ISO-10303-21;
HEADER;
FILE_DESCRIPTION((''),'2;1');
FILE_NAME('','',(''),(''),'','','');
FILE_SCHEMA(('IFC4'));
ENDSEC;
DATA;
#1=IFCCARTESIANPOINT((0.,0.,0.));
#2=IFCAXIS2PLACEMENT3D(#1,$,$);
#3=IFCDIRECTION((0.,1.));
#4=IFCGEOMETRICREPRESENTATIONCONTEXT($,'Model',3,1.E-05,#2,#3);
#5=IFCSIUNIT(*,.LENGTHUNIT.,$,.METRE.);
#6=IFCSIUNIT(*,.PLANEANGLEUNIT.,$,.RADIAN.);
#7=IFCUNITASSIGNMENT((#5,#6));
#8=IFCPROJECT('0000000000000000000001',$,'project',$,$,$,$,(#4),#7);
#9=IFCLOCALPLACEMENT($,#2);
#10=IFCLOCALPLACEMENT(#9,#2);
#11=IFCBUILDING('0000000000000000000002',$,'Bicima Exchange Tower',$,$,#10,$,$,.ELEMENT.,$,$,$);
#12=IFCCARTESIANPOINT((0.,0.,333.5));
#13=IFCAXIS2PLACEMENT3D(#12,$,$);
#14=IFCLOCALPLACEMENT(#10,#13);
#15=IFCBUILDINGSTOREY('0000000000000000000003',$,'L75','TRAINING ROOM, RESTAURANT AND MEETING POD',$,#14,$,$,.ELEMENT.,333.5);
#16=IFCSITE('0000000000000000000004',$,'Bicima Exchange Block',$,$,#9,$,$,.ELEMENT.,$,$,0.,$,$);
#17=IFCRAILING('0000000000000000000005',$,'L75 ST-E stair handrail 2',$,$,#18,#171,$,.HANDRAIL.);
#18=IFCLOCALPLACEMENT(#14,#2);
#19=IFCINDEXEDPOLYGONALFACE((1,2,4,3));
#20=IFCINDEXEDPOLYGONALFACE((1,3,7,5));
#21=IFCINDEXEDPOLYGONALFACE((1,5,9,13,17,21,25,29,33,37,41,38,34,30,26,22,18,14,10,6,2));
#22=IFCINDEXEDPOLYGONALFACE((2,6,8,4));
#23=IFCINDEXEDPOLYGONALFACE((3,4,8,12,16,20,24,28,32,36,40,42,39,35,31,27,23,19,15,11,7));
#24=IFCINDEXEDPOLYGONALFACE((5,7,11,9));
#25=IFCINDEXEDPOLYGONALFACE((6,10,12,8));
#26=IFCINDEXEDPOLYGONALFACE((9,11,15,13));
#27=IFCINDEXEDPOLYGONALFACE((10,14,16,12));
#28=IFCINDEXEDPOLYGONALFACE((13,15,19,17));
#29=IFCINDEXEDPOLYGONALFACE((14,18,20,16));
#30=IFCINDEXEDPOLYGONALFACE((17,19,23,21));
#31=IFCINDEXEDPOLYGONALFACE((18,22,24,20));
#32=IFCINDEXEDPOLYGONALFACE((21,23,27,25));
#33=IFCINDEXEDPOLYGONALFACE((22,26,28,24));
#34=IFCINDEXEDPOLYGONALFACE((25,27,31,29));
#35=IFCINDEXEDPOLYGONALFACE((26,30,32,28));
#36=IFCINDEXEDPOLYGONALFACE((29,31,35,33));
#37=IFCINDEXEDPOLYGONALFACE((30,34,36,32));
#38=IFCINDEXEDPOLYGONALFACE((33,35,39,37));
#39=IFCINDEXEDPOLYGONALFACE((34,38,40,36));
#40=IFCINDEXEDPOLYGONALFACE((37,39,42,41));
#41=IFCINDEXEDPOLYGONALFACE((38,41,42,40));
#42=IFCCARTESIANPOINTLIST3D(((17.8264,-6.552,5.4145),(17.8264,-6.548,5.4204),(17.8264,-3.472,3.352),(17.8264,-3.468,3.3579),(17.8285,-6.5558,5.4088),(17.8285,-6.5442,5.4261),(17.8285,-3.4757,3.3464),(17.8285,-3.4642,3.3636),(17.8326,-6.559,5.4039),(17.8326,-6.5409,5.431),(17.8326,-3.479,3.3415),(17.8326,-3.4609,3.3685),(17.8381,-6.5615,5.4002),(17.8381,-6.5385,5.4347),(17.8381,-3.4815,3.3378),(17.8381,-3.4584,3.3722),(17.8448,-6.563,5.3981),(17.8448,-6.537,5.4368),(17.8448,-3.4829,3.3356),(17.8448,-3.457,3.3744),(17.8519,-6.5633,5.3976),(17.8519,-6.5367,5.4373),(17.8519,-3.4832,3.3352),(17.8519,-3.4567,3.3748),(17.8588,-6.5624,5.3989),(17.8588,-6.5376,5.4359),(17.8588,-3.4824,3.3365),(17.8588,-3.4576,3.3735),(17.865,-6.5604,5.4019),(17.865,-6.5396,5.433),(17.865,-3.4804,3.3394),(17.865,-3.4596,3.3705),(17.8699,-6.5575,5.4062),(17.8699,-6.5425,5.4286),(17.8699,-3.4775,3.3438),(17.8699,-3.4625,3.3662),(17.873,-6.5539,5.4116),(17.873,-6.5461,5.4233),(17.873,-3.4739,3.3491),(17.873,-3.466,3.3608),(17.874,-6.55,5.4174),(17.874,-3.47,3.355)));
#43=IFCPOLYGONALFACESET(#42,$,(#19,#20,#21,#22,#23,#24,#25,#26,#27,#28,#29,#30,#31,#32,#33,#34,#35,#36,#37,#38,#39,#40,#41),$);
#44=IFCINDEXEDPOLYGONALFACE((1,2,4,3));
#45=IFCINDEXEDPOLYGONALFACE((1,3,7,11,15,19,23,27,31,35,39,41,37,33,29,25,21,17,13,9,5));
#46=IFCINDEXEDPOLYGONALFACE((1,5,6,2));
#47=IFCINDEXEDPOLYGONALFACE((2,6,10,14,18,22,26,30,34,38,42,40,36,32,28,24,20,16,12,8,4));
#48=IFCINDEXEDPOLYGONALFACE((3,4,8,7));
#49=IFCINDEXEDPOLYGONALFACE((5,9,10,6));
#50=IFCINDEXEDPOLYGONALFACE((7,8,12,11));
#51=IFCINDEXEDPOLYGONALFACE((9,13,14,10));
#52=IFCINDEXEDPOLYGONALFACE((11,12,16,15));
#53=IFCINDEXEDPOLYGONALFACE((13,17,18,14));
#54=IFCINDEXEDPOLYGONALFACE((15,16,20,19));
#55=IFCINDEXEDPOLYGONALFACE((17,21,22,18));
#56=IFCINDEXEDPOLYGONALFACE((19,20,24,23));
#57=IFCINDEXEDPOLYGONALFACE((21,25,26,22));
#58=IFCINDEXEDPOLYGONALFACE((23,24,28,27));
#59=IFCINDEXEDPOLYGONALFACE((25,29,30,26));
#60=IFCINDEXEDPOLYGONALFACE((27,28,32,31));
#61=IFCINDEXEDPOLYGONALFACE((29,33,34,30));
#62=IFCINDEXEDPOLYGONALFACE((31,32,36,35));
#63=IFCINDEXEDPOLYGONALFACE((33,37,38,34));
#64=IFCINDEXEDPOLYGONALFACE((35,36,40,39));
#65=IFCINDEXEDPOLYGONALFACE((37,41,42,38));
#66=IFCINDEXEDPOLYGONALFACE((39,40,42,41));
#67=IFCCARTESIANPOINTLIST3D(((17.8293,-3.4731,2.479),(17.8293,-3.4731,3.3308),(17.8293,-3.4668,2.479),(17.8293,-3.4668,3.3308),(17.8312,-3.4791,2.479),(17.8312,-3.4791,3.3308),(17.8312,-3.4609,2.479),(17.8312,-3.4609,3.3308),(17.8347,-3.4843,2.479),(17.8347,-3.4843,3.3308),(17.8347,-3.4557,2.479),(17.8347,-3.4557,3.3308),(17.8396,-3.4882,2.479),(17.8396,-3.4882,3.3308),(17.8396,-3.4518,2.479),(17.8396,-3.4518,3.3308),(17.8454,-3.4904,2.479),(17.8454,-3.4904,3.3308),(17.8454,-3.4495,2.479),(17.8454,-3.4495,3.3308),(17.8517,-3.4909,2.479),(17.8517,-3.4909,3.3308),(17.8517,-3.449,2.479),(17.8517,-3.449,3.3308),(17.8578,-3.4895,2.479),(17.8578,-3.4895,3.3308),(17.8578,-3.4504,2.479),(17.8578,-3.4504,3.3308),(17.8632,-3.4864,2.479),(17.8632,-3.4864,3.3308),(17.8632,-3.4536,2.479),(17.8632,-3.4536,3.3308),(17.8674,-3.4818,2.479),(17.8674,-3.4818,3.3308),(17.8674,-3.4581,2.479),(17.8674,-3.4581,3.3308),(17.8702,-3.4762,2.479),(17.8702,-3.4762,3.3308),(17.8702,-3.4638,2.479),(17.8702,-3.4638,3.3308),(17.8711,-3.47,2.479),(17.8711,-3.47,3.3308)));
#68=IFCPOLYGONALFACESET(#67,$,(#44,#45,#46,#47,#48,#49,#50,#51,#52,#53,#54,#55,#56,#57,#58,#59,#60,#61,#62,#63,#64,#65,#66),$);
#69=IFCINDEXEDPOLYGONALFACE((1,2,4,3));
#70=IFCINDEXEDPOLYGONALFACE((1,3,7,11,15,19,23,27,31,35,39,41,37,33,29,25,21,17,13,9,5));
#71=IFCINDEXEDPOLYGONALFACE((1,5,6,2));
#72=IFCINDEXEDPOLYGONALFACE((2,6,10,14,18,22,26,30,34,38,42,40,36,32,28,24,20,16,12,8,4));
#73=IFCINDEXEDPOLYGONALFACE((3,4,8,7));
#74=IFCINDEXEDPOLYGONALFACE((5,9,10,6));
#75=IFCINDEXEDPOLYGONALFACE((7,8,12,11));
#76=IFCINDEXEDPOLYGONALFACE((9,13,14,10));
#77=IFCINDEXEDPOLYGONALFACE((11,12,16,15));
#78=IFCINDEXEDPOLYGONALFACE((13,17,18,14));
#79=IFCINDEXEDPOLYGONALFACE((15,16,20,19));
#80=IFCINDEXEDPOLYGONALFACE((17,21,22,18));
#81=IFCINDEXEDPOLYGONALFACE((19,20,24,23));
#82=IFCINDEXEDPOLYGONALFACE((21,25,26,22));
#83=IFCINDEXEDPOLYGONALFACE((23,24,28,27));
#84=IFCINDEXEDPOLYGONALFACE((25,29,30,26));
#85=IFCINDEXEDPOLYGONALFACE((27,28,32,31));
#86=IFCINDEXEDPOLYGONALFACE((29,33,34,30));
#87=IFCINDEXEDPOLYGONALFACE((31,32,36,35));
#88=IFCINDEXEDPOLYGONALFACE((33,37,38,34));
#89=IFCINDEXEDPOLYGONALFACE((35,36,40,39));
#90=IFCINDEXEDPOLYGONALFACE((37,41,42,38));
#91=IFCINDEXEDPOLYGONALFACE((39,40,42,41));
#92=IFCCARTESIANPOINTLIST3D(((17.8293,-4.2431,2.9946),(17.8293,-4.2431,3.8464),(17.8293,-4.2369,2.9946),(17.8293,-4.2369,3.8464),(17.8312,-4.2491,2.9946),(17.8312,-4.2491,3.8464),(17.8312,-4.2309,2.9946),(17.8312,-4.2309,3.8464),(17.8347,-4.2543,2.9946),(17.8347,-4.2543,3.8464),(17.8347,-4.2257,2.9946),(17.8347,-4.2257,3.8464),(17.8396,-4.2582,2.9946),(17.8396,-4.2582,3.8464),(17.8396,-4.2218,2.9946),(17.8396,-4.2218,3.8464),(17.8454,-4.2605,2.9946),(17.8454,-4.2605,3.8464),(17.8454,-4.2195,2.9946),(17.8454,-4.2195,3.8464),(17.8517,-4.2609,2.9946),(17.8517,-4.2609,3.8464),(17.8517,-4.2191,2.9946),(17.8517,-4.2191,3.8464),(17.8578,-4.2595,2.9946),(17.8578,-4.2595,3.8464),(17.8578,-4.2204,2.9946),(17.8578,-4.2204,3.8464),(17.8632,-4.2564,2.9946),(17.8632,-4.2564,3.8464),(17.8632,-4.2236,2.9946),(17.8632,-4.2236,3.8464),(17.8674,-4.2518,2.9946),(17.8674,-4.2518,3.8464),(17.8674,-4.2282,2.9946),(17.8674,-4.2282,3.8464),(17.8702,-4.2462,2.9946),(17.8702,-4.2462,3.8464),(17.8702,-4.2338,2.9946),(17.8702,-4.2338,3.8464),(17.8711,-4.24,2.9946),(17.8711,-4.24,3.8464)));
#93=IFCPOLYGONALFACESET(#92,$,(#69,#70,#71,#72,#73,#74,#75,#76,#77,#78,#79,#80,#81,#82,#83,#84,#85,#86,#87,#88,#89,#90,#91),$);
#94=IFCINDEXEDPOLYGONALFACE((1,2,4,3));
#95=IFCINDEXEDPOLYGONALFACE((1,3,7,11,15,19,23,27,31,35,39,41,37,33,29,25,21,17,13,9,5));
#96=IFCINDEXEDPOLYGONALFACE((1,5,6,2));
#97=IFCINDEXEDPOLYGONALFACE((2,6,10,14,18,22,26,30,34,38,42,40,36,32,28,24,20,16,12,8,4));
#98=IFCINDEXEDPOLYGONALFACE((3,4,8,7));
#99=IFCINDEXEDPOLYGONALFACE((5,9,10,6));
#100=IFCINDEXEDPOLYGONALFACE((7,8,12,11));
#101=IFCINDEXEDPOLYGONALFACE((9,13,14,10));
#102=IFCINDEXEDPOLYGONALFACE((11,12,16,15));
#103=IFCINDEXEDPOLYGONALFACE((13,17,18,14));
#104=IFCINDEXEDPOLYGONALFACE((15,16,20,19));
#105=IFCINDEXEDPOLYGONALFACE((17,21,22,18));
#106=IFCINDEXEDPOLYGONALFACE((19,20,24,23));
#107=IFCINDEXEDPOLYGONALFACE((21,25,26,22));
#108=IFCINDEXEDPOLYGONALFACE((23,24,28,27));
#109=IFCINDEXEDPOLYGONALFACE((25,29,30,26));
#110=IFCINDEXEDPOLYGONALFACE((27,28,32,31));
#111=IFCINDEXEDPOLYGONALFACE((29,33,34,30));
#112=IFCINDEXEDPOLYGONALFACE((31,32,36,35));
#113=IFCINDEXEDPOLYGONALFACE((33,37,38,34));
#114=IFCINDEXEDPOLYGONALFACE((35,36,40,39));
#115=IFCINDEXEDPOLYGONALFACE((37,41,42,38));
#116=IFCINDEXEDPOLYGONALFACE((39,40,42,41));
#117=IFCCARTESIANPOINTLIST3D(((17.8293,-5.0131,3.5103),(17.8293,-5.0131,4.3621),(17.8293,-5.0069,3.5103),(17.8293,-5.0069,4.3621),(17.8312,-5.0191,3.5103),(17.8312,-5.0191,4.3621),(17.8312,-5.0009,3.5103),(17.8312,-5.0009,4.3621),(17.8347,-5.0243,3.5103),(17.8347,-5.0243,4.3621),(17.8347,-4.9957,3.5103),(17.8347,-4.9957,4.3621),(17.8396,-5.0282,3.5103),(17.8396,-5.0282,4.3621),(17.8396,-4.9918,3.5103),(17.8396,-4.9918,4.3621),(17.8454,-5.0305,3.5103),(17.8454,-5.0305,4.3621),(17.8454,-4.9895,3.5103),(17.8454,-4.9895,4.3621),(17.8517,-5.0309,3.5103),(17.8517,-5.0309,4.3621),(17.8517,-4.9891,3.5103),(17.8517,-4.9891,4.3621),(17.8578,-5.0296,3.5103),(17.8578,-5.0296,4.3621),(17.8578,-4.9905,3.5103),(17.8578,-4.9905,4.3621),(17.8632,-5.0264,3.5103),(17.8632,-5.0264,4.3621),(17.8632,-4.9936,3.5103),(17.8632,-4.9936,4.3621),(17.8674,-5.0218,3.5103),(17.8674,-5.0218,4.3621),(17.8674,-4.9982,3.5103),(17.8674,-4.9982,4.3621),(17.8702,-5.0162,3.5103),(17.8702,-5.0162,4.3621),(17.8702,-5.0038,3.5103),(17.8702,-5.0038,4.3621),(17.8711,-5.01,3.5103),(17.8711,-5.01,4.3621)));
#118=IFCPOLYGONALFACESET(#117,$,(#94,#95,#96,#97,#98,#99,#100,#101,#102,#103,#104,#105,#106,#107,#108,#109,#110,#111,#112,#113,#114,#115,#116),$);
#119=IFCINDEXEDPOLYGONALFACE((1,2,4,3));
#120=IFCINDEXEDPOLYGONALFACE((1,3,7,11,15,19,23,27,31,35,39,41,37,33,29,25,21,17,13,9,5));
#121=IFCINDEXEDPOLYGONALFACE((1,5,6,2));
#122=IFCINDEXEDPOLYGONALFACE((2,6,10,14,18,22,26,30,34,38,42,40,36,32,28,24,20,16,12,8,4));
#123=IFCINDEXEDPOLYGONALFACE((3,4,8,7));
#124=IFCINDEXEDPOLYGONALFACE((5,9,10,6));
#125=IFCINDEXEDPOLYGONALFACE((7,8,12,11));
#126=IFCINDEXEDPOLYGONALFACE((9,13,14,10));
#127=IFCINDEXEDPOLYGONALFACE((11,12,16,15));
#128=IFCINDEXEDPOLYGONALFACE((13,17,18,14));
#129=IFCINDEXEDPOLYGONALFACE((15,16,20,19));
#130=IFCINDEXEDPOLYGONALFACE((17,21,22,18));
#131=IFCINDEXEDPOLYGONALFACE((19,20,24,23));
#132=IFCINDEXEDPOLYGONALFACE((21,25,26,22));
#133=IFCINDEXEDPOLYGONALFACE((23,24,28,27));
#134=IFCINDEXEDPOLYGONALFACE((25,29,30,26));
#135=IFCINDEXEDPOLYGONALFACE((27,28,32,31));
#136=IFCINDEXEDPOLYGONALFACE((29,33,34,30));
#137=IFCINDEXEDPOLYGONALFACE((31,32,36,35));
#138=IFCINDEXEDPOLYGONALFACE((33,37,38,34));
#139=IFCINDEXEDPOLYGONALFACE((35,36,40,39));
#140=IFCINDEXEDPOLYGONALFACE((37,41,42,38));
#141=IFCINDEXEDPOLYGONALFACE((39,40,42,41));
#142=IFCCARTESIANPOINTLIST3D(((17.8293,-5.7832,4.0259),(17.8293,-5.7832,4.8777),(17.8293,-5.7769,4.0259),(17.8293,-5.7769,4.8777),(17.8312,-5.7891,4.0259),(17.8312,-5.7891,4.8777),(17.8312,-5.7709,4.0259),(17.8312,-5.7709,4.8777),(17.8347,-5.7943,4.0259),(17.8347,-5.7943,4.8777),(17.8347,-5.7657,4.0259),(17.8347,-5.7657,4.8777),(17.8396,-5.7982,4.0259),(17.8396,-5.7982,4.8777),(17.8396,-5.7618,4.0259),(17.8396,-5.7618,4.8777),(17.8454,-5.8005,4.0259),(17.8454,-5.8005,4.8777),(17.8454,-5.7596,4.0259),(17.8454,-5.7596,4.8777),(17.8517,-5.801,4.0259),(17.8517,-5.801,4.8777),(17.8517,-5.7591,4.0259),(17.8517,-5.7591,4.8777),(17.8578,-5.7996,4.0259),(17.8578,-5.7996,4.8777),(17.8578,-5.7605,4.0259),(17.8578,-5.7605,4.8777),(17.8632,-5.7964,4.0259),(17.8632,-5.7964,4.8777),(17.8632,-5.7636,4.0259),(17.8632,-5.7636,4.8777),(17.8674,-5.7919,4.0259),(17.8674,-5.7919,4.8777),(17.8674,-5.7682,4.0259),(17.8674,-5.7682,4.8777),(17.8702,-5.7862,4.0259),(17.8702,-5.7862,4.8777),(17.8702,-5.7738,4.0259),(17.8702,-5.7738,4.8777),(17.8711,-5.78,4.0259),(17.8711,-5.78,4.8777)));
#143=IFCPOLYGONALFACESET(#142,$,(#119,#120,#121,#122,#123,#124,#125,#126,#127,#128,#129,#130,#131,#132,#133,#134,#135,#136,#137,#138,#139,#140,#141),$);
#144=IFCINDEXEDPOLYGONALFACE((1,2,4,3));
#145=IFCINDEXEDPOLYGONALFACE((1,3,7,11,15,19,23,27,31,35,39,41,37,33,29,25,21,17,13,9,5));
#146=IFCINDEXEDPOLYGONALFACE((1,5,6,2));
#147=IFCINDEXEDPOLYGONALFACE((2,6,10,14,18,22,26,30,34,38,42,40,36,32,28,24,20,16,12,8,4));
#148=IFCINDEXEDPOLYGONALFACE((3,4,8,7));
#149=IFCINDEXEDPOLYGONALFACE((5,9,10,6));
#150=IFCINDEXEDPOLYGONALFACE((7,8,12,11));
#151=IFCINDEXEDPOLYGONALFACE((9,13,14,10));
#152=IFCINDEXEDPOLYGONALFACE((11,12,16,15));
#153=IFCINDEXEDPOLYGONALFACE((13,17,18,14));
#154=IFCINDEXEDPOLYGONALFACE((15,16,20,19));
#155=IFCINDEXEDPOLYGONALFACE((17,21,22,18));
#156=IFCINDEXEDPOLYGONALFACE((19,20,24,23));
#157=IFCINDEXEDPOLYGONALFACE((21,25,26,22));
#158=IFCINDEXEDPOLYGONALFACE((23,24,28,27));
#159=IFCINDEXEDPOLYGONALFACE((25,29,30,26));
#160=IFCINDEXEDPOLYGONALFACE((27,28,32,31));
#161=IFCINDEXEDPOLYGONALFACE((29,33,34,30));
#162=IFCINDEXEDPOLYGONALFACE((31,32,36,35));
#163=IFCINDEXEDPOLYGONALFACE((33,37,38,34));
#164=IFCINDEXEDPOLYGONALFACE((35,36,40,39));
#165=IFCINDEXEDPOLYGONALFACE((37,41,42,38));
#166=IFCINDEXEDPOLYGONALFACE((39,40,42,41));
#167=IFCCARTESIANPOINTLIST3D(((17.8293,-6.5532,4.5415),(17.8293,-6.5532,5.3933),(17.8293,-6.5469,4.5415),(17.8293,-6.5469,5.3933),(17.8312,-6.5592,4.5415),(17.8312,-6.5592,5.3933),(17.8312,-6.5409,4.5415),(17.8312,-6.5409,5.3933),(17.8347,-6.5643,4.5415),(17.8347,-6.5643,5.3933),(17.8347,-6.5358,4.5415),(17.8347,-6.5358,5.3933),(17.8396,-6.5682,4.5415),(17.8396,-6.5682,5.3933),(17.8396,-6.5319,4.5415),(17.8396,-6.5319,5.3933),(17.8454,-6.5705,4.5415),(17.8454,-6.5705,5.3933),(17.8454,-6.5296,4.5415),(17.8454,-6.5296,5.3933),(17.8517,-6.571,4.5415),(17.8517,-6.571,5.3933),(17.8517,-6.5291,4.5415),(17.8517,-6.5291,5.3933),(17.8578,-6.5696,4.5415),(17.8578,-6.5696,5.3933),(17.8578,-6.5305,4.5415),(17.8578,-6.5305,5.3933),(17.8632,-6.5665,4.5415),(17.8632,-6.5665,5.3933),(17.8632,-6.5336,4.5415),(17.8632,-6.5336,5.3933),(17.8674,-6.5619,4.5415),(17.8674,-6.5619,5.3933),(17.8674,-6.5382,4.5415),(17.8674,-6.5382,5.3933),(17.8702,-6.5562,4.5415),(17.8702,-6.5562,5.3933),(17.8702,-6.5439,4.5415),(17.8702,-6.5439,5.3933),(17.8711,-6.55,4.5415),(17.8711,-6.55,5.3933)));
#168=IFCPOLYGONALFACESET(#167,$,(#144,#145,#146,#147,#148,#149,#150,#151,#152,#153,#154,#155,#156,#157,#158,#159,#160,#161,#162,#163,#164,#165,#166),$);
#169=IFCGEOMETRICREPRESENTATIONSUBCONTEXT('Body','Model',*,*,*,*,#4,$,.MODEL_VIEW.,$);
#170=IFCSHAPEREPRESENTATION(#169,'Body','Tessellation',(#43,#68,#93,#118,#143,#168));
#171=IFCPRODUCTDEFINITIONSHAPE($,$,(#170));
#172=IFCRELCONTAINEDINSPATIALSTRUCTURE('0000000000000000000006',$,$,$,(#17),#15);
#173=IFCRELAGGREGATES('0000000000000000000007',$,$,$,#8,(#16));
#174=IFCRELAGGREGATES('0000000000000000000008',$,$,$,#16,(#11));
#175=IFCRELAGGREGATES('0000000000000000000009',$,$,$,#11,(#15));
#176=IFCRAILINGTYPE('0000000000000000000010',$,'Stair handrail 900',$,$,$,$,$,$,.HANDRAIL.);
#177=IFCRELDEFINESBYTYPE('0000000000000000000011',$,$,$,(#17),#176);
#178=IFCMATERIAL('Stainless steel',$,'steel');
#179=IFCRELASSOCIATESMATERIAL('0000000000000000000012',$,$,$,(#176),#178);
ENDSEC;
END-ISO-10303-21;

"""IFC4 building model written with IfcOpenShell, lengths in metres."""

from ifc_helpers import new_model, si_unit, direction, frame, origin, origin_2d, place, context, subcontext, project, spatial, circle, extrude, material, type_object, element, save


model = new_model("IFC4")

# Units and contexts
model_context = context("Model", 3, precision=1e-05, world=origin(), true_north=direction((0.0, 1.0)))
body_context = subcontext(model_context, "Body", "Model", "MODEL_VIEW")
ifc_project = project(units=[si_unit("LENGTHUNIT", "METRE"), si_unit("PLANEANGLEUNIT", "RADIAN")], contexts=[model_context])

# Site, building, storey
site_placement = place(None, origin())
site = spatial("IfcSite", under=ifc_project, at=site_placement, Name="Bicima Exchange Block", CompositionType="ELEMENT", RefElevation=0.0)
building_placement = place(site_placement, origin())
building = spatial("IfcBuilding", under=site, at=building_placement, Name="Bicima Exchange Tower", CompositionType="ELEMENT")
storey_placement = place(building_placement, frame((0.0, 0.0, 333.5)))
storey = spatial("IfcBuildingStorey", under=building, at=storey_placement, Name="L75", Description="TRAINING ROOM, RESTAURANT AND MEETING POD", CompositionType="ELEMENT", Elevation=333.5)

# Railing
ifc_material_1 = material(Name="Stainless steel", Category="steel")
railing_type_1 = type_object("IfcRailingType", Name="Stair handrail 900", PredefinedType="HANDRAIL", material=ifc_material_1)
for number, where, name in (
    (1, (17.8501, -3.47, 2.479), "L75 ST-E stair handrail 2"),
):
    element("IfcRailing", number, at=place(storey_placement, frame(where)), inside=storey, type_object=railing_type_1, Name=name, PredefinedType="HANDRAIL", context=body_context, shape_type="SweptSolid", body=[
        extrude(circle(Radius=0.0239, at=origin_2d()), frame((0.0, 0.0, 0.876), z_axis=(0.0, -0.830914, 0.556401), x_axis=(1.0, 0.0, 0.0)), (0.0, 0.0, 1.0), 3.7068),
        extrude(circle(Radius=0.021, at=origin_2d()), origin(), (0.0, 0.0, 1.0), 0.8518),
        extrude(circle(Radius=0.021, at=origin_2d()), frame((0.0, -0.77, 0.5156)), (0.0, 0.0, 1.0), 0.8518),
        extrude(circle(Radius=0.021, at=origin_2d()), frame((0.0, -1.54, 1.0312)), (0.0, 0.0, 1.0), 0.8518),
        extrude(circle(Radius=0.021, at=origin_2d()), frame((0.0, -2.3101, 1.5469)), (0.0, 0.0, 1.0), 0.8518),
        extrude(circle(Radius=0.021, at=origin_2d()), frame((0.0, -3.0801, 2.0625)), (0.0, 0.0, 1.0), 0.8518),
    ])

save(model, "model.ifc")
